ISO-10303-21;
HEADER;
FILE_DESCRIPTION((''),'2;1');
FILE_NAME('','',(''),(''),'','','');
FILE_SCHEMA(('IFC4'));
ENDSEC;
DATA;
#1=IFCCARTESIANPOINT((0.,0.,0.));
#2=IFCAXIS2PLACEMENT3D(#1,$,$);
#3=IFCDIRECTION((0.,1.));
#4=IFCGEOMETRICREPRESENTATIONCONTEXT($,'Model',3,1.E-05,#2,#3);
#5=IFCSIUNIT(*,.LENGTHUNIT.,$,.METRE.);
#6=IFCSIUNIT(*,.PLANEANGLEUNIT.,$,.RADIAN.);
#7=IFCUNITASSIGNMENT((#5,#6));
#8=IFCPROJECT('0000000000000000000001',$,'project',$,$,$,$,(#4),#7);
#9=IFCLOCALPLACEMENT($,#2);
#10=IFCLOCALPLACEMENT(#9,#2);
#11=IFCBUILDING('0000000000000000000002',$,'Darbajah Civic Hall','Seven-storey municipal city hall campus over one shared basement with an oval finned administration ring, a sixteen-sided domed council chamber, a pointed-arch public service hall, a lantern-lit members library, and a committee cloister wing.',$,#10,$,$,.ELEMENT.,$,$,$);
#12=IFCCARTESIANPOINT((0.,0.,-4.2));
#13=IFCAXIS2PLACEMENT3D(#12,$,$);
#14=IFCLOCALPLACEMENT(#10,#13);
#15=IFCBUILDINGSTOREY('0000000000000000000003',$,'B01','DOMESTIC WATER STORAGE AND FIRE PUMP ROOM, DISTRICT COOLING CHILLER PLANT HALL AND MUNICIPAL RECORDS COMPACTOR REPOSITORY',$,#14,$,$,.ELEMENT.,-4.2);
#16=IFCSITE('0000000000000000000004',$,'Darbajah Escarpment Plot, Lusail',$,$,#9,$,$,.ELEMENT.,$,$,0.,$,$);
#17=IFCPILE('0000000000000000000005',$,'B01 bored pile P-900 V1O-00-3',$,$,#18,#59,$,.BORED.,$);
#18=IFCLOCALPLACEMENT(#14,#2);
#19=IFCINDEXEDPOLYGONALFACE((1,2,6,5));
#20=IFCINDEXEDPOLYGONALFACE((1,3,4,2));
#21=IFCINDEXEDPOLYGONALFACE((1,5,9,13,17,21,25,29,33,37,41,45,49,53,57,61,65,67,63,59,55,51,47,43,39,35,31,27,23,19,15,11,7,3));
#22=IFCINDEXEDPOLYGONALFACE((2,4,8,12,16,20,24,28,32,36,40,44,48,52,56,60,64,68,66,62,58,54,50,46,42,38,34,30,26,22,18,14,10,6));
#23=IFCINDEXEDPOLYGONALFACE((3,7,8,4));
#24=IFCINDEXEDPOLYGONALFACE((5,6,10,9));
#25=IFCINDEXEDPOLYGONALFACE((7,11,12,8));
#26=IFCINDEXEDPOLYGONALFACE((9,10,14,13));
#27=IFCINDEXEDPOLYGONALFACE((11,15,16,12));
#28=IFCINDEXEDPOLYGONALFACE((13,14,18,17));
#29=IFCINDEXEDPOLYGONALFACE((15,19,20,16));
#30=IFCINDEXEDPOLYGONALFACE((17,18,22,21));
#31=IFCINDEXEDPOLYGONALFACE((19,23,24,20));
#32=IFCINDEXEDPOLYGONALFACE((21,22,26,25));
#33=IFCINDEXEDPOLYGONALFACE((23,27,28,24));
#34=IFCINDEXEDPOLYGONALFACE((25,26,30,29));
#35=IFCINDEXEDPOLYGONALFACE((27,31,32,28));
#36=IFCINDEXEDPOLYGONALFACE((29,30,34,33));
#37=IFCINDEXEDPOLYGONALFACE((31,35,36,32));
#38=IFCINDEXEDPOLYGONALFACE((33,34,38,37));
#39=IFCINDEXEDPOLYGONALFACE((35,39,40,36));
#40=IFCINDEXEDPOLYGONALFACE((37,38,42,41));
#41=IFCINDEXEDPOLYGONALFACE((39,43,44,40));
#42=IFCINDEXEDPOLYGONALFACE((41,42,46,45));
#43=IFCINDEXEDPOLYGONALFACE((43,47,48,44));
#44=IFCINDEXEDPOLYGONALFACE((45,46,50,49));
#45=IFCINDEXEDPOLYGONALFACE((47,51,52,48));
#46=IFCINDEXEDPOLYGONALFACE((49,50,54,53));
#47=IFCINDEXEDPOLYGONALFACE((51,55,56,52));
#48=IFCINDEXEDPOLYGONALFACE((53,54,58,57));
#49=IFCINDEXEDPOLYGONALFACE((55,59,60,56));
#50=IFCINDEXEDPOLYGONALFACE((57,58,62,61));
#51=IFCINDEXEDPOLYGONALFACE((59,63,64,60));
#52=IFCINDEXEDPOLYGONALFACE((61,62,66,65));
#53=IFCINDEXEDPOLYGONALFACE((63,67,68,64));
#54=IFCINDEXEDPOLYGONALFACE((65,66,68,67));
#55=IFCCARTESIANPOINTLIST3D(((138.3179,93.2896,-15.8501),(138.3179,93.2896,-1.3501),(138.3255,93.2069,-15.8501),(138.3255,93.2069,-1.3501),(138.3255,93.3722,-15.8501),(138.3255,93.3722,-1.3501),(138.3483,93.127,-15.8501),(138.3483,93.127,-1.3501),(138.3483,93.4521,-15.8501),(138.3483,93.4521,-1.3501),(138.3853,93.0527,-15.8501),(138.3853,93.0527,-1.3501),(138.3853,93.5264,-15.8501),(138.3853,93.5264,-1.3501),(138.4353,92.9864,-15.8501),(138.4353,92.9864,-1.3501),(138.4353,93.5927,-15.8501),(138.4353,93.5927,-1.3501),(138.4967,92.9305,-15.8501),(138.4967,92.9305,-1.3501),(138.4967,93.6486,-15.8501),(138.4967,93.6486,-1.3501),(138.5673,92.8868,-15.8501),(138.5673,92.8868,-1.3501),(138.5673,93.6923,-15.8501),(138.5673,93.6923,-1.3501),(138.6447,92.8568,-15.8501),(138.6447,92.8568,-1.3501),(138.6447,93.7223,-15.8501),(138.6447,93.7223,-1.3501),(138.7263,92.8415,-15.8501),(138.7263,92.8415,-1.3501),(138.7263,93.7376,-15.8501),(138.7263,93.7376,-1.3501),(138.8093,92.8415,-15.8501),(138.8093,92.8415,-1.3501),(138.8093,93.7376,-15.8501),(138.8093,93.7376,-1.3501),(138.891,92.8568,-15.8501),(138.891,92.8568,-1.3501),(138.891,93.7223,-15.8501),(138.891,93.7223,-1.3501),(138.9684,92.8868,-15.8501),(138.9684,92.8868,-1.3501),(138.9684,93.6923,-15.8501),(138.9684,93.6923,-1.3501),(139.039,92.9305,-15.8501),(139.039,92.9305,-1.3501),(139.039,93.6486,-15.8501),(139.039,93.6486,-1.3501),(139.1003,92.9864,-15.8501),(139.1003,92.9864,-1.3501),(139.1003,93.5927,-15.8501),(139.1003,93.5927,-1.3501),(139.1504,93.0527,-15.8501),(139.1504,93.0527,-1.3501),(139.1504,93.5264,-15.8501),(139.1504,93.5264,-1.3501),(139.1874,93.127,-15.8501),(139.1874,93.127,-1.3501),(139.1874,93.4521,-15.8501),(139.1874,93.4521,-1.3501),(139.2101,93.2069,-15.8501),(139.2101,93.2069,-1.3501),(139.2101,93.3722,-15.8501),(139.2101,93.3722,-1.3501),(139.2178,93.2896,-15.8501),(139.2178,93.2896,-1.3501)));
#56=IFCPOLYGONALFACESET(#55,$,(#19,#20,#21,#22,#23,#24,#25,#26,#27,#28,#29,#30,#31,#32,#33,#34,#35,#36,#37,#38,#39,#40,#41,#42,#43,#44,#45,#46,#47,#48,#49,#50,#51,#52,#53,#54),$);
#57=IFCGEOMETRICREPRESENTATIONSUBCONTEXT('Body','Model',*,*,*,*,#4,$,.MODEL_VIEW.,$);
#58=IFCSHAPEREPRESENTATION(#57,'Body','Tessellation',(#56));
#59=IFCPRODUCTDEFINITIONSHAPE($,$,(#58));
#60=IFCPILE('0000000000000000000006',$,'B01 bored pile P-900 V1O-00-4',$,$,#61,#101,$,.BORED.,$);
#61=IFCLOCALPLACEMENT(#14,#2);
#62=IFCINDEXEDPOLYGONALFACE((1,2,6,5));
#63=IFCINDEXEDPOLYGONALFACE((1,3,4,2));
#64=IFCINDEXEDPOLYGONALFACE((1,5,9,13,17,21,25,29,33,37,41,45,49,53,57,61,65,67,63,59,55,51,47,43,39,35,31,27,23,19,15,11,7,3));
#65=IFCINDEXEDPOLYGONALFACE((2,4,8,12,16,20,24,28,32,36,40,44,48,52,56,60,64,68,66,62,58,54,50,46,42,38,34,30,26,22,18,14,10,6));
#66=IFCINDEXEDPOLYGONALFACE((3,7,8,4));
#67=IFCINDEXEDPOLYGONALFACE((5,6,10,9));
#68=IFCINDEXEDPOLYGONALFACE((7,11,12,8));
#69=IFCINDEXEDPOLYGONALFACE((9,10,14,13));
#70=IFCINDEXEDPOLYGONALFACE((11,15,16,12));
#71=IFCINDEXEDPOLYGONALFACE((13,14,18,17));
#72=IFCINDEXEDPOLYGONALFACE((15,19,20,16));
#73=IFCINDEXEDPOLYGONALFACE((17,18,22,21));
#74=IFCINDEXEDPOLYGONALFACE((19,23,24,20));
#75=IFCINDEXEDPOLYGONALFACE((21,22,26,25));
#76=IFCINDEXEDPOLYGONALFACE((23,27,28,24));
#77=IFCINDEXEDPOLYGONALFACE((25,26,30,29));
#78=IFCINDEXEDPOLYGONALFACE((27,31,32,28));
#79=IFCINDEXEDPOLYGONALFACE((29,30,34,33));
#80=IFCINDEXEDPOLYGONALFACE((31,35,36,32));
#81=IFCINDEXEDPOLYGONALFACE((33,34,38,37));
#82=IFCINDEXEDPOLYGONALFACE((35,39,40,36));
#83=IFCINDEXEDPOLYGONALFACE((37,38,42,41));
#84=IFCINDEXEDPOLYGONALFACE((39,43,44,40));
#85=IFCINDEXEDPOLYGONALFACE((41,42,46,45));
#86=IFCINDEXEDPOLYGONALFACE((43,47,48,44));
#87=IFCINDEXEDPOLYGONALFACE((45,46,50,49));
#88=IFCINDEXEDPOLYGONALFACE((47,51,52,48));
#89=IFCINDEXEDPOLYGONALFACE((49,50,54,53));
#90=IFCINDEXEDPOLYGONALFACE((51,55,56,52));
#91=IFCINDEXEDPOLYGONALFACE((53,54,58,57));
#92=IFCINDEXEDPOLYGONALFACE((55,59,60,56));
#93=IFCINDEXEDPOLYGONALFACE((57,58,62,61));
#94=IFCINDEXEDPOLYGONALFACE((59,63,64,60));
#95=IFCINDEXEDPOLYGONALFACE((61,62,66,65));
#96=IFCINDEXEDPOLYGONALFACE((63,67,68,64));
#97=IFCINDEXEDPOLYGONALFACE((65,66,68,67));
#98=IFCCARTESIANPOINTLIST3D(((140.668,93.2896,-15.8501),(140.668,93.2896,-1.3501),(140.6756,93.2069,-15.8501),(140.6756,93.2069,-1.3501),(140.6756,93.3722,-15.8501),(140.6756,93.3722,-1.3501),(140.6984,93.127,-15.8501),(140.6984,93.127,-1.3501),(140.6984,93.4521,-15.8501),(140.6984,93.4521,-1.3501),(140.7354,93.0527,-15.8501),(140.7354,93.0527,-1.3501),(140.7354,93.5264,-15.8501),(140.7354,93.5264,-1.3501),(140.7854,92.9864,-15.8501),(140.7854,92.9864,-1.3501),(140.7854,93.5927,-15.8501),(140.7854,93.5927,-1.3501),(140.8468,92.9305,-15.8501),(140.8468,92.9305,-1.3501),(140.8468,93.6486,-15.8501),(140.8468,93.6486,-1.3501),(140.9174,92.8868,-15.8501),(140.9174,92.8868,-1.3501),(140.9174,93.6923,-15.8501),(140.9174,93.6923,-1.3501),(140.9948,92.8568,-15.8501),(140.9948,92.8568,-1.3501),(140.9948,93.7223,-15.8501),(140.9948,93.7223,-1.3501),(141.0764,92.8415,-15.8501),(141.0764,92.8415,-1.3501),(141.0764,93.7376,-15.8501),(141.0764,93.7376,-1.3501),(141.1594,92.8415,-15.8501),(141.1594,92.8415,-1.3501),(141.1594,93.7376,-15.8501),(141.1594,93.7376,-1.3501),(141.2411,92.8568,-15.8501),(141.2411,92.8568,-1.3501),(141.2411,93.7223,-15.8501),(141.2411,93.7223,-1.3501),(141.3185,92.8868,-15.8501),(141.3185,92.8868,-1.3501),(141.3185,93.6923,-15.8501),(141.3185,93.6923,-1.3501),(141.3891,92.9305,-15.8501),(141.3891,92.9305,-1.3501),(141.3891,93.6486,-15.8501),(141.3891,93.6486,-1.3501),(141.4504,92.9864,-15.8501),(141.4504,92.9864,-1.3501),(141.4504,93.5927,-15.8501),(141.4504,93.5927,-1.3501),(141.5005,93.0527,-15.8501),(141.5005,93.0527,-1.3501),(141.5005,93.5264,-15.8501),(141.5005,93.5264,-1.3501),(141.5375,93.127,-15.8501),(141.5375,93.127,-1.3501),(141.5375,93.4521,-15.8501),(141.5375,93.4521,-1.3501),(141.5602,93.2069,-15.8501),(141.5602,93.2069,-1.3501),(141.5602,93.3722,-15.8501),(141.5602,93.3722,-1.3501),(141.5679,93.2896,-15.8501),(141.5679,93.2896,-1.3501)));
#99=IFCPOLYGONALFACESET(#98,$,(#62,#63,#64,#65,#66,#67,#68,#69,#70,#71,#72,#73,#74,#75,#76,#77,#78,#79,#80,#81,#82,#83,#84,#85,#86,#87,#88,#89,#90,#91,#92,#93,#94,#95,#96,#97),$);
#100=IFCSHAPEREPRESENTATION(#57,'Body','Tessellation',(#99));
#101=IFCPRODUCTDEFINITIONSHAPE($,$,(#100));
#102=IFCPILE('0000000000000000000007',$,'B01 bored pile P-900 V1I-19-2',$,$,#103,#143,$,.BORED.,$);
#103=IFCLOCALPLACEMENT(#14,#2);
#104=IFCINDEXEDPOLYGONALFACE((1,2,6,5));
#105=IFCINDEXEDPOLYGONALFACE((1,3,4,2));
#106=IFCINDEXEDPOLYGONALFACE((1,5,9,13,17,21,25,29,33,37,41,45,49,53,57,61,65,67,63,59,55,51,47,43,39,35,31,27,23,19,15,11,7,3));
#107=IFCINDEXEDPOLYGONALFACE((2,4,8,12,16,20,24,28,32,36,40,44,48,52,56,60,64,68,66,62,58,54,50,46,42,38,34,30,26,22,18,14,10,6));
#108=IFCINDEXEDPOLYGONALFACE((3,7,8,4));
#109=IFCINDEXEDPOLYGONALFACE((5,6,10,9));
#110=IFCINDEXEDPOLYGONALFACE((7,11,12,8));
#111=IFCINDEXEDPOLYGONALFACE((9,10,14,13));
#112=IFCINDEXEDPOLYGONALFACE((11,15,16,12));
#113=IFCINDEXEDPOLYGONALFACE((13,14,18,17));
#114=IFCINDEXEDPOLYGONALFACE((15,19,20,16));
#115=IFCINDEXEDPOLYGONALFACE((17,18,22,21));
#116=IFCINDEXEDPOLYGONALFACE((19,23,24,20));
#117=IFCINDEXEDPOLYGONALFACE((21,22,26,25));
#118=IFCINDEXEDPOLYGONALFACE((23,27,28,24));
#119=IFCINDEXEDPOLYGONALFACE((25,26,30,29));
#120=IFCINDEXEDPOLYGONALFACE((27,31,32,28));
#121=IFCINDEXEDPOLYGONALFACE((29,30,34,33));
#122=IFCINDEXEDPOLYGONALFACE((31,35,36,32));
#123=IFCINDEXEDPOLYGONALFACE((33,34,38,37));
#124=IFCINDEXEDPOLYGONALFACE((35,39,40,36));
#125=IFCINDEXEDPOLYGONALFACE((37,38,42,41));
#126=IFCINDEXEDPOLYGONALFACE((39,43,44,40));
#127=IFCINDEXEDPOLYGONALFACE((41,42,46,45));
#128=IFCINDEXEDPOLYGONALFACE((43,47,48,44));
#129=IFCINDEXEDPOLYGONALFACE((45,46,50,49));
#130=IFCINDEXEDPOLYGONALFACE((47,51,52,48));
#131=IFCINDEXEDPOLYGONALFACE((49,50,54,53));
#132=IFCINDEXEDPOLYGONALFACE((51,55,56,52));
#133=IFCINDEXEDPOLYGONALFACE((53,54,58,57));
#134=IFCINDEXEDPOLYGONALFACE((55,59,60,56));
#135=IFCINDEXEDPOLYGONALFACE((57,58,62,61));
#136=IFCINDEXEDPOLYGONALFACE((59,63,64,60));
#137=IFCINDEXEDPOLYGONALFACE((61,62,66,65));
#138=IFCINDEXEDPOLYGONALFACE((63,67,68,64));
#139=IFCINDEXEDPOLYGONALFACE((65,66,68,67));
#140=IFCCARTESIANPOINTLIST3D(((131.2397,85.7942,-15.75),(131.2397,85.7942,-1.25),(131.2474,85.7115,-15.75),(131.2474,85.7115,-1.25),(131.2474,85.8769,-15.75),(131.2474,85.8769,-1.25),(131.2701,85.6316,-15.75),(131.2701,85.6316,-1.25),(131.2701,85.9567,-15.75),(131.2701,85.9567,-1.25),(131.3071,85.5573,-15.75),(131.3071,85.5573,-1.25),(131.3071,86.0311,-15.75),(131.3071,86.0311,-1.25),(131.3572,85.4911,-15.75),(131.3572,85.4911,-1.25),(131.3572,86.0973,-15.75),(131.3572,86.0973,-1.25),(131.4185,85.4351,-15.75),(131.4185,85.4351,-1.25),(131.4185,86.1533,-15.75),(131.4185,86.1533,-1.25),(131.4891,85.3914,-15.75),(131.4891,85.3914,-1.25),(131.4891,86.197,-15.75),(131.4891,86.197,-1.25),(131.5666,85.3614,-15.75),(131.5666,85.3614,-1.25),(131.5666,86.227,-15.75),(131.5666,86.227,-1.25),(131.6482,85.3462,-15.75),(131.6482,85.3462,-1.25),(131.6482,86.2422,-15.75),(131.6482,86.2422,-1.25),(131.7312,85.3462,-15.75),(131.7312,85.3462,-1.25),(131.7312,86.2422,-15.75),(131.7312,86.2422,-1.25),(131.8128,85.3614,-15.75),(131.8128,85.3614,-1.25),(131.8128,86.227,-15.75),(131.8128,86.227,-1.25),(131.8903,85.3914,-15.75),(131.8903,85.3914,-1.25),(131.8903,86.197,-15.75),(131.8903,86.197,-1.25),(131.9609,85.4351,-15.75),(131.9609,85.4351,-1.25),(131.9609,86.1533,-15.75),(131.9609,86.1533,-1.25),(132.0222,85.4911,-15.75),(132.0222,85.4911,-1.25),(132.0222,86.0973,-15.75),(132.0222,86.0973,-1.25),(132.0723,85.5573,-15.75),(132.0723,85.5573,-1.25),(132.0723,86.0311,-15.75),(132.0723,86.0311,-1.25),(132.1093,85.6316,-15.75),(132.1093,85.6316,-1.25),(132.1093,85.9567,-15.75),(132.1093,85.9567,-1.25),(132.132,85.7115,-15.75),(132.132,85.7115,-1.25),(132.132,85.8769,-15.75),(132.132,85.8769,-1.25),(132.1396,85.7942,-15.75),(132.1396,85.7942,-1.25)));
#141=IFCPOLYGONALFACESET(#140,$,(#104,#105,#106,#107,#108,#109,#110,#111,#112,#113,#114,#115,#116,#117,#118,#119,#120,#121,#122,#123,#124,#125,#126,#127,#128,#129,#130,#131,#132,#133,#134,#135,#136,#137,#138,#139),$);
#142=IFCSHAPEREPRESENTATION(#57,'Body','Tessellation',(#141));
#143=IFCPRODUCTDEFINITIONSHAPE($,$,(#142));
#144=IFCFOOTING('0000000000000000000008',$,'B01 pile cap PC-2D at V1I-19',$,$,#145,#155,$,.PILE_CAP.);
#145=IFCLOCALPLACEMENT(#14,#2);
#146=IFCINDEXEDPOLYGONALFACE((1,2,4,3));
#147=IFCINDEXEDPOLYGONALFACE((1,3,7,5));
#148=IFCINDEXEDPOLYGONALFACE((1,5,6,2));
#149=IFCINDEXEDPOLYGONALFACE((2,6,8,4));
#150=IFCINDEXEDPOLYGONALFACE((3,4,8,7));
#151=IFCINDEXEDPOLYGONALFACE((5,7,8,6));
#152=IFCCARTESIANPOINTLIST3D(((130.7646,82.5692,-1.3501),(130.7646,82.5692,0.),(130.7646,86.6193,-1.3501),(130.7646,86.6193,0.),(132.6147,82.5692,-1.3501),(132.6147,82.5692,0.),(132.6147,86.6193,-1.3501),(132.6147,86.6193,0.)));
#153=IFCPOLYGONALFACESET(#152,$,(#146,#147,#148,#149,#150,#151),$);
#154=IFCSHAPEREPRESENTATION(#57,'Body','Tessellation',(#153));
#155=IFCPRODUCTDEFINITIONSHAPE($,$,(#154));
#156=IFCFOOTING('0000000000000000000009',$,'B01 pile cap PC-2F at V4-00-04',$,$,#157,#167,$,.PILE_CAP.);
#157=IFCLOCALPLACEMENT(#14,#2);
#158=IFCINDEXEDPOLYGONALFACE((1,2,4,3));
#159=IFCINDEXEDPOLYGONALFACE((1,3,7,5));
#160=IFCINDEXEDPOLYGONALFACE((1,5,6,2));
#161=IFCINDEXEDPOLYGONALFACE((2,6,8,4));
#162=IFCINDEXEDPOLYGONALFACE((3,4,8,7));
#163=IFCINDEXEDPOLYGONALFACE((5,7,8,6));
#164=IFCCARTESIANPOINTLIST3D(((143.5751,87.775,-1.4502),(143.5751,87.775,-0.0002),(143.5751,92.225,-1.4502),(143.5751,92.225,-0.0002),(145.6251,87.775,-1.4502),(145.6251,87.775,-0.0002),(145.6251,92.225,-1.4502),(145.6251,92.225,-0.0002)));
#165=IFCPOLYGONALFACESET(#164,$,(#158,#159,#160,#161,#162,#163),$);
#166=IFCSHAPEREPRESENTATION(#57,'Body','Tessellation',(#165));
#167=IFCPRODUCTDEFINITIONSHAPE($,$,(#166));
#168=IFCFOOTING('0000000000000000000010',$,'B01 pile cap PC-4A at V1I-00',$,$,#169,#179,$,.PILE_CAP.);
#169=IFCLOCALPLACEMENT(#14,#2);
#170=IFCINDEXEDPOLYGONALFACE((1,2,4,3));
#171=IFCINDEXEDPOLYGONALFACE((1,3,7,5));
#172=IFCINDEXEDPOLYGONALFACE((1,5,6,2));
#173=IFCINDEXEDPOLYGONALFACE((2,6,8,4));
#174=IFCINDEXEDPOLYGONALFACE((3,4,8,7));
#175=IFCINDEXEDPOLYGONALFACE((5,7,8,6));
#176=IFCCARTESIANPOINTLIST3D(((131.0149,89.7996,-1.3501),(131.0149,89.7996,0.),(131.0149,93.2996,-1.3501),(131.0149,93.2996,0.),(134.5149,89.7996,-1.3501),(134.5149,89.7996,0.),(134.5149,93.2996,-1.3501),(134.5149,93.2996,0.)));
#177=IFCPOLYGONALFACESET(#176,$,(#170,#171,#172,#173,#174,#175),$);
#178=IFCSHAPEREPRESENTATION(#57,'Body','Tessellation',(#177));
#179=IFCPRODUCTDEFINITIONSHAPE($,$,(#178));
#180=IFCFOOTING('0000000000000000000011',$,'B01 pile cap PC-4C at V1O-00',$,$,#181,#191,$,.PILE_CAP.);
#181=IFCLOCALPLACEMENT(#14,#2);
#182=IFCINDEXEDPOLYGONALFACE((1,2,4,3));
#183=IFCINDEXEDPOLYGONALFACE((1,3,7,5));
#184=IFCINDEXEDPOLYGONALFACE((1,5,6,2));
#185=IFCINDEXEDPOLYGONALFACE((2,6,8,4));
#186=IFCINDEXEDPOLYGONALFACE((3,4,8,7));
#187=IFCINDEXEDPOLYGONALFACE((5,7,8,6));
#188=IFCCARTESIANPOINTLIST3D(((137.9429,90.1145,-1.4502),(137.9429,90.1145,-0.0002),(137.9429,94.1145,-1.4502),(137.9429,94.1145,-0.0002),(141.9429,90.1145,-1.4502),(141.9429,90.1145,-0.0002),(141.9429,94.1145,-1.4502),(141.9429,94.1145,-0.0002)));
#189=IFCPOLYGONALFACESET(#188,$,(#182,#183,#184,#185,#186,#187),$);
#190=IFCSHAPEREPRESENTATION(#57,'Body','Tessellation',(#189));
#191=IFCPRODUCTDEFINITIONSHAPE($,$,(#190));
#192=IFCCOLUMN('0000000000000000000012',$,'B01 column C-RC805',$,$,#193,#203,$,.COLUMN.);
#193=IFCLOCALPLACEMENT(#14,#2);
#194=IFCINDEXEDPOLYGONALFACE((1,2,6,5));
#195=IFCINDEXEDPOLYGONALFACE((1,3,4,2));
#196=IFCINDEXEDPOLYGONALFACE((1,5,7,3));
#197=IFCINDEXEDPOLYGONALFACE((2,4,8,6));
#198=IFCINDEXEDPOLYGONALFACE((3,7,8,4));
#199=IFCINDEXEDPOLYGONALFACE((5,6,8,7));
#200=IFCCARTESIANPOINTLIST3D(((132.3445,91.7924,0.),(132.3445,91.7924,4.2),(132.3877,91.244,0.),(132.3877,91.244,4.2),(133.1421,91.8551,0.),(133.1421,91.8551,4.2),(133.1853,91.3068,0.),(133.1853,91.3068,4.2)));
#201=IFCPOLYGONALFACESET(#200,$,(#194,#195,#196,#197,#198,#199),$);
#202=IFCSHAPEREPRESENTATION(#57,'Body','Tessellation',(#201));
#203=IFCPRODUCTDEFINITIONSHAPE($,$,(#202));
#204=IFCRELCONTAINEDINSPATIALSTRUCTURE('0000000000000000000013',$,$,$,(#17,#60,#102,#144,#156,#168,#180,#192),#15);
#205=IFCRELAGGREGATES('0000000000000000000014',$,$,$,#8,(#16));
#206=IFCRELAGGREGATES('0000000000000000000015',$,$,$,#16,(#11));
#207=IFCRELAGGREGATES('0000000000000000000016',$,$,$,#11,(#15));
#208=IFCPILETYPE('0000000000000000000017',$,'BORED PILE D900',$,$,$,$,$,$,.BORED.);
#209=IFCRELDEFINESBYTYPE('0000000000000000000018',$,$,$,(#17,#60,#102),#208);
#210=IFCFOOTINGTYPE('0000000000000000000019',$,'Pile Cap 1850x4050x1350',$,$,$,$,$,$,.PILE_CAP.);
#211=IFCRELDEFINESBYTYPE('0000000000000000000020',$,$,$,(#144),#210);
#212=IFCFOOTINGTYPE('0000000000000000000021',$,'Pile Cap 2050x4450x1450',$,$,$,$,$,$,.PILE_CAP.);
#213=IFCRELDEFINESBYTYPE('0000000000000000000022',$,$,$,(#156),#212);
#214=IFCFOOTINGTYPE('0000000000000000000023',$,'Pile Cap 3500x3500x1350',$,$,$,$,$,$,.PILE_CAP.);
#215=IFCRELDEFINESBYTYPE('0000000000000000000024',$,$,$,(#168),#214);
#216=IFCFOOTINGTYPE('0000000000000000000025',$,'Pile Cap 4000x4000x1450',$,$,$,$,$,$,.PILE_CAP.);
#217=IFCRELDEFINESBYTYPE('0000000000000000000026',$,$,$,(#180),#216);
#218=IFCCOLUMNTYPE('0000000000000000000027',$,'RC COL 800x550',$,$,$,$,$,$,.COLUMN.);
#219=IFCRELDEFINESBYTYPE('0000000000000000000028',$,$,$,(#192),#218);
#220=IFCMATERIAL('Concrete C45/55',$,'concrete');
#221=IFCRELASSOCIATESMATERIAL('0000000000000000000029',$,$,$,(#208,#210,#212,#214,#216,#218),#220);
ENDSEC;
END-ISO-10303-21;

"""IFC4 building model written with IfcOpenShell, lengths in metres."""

from ifc_helpers import new_model, si_unit, direction, frame, origin, origin_2d, place, context, subcontext, project, spatial, rectangle, circle, extrude, material, material_profile, profile_set, type_object, element, save


model = new_model("IFC4")

# Units and contexts
model_context = context("Model", 3, precision=1e-05, world=origin(), true_north=direction((0.0, 1.0)))
body_context = subcontext(model_context, "Body", "Model", "MODEL_VIEW")
ifc_project = project(units=[si_unit("LENGTHUNIT", "METRE"), si_unit("PLANEANGLEUNIT", "RADIAN")], contexts=[model_context])

# Site, building, storey
site_placement = place(None, origin())
site = spatial("IfcSite", under=ifc_project, at=site_placement, Name="Darbajah Escarpment Plot, Lusail", CompositionType="ELEMENT", RefElevation=0.0)
building_placement = place(site_placement, origin())
building = spatial("IfcBuilding", under=site, at=building_placement, Name="Darbajah Civic Hall", Description="Seven-storey municipal city hall campus over one shared basement with an oval finned administration ring, a sixteen-sided domed council chamber, a pointed-arch public service hall, a lantern-lit members library, and a committee cloister wing.", CompositionType="ELEMENT")
storey_placement = place(building_placement, frame((0.0, 0.0, -4.2)))
storey = spatial("IfcBuildingStorey", under=building, at=storey_placement, Name="B01", Description="DOMESTIC WATER STORAGE AND FIRE PUMP ROOM, DISTRICT COOLING CHILLER PLANT HALL AND MUNICIPAL RECORDS COMPACTOR REPOSITORY", CompositionType="ELEMENT", Elevation=-4.2)

# Piles
ifc_material_1 = material(Name="Concrete C45/55", Category="concrete")
ifc_material_profile_1 = material_profile(ifc_material_1, circle(Radius=0.45, at=origin_2d()), Name="BORED PILE D900")
ifc_profile_set_1 = profile_set([ifc_material_profile_1], Name="Concrete C45/55")
pile_type_1 = type_object("IfcPileType", Name="BORED PILE D900", PredefinedType="BORED", material=ifc_profile_set_1)
for number, where, z_axis, x_axis, name in (
    (1, (138.7678, 93.2896, -1.3501), (0.0, 0.0, -1.0), (1.0, 0.0, 0.0), "B01 bored pile P-900 V1O-00-3"),
    (2, (141.1179, 93.2896, -1.3501), (0.0, 0.0, -1.0), (1.0, 0.0, 0.0), "B01 bored pile P-900 V1O-00-4"),
    (3, (131.6897, 85.7942, -1.25), (0.0, 0.0, -1.0), (1.0, 0.0, 0.0), "B01 bored pile P-900 V1I-19-2"),
):
    element("IfcPile", number, at=place(storey_placement, frame(where, z_axis=z_axis, x_axis=x_axis)), inside=storey, type_object=pile_type_1, Name=name, PredefinedType="BORED", context=body_context, shape_type="SweptSolid", body=[
        extrude(circle(Radius=0.45, at=origin_2d()), origin(), (0.0, 0.0, 1.0), 14.5),
    ])

# Footings
footing_type_1 = type_object("IfcFootingType", Name="Pile Cap 1850x4050x1350", PredefinedType="PILE_CAP", material=ifc_material_1)
footing_1_placement = place(storey_placement, frame((131.6897, 84.5942, -1.3501), z_axis=(0.0, 0.0, 1.0), x_axis=(1.0, 0.0, 0.0)))
element("IfcFooting", 4, at=footing_1_placement, inside=storey, type_object=footing_type_1, Name="B01 pile cap PC-2D at V1I-19", PredefinedType="PILE_CAP", context=body_context, shape_type="SweptSolid", body=[
    extrude(rectangle(XDim=1.8501, YDim=4.05, at=origin_2d()), origin(), (0.0, 0.0, 1.0), 1.3501),
])
footing_type_2 = type_object("IfcFootingType", Name="Pile Cap 2050x4450x1450", PredefinedType="PILE_CAP", material=ifc_material_1)
footing_2_placement = place(storey_placement, frame((144.6001, 90.0, -1.4502), z_axis=(0.0, 0.0, 1.0), x_axis=(1.0, 0.0, 0.0)))
element("IfcFooting", 5, at=footing_2_placement, inside=storey, type_object=footing_type_2, Name="B01 pile cap PC-2F at V4-00-04", PredefinedType="PILE_CAP", context=body_context, shape_type="SweptSolid", body=[
    extrude(rectangle(XDim=2.05, YDim=4.45, at=origin_2d()), origin(), (0.0, 0.0, 1.0), 1.45),
])
footing_type_3 = type_object("IfcFootingType", Name="Pile Cap 3500x3500x1350", PredefinedType="PILE_CAP", material=ifc_material_1)
footing_3_placement = place(storey_placement, frame((132.7649, 91.5496, -1.3501), z_axis=(0.0, 0.0, 1.0), x_axis=(1.0, 0.0, 0.0)))
element("IfcFooting", 6, at=footing_3_placement, inside=storey, type_object=footing_type_3, Name="B01 pile cap PC-4A at V1I-00", PredefinedType="PILE_CAP", context=body_context, shape_type="SweptSolid", body=[
    extrude(rectangle(XDim=3.5, YDim=3.5, at=origin_2d()), origin(), (0.0, 0.0, 1.0), 1.3501),
])
footing_type_4 = type_object("IfcFootingType", Name="Pile Cap 4000x4000x1450", PredefinedType="PILE_CAP", material=ifc_material_1)
footing_4_placement = place(storey_placement, frame((139.9429, 92.1145, -1.4502), z_axis=(0.0, 0.0, 1.0), x_axis=(1.0, 0.0, 0.0)))
element("IfcFooting", 7, at=footing_4_placement, inside=storey, type_object=footing_type_4, Name="B01 pile cap PC-4C at V1O-00", PredefinedType="PILE_CAP", context=body_context, shape_type="SweptSolid", body=[
    extrude(rectangle(XDim=4.0, YDim=4.0, at=origin_2d()), origin(), (0.0, 0.0, 1.0), 1.45),
])

# Column
ifc_material_profile_2 = material_profile(ifc_material_1, rectangle(XDim=0.8, YDim=0.55, at=origin_2d()), Name="RC COL 800x550")
ifc_profile_set_2 = profile_set([ifc_material_profile_2], Name="Concrete C45/55")
column_type_1 = type_object("IfcColumnType", Name="RC COL 800x550", PredefinedType="COLUMN", material=ifc_profile_set_2)
for number, where, z_axis, x_axis, name in (
    (8, (132.7649, 91.5496, 0.0), (0.0, 0.0, 1.0), (0.996917, 0.078459, 0.0), "B01 column C-RC805"),
):
    element("IfcColumn", number, at=place(storey_placement, frame(where, z_axis=z_axis, x_axis=x_axis)), inside=storey, type_object=column_type_1, Name=name, PredefinedType="COLUMN", context=body_context, shape_type="SweptSolid", body=[
        extrude(rectangle(XDim=0.8, YDim=0.55, at=origin_2d()), origin(), (0.0, 0.0, 1.0), 4.2),
    ])

save(model, "model.ifc")
